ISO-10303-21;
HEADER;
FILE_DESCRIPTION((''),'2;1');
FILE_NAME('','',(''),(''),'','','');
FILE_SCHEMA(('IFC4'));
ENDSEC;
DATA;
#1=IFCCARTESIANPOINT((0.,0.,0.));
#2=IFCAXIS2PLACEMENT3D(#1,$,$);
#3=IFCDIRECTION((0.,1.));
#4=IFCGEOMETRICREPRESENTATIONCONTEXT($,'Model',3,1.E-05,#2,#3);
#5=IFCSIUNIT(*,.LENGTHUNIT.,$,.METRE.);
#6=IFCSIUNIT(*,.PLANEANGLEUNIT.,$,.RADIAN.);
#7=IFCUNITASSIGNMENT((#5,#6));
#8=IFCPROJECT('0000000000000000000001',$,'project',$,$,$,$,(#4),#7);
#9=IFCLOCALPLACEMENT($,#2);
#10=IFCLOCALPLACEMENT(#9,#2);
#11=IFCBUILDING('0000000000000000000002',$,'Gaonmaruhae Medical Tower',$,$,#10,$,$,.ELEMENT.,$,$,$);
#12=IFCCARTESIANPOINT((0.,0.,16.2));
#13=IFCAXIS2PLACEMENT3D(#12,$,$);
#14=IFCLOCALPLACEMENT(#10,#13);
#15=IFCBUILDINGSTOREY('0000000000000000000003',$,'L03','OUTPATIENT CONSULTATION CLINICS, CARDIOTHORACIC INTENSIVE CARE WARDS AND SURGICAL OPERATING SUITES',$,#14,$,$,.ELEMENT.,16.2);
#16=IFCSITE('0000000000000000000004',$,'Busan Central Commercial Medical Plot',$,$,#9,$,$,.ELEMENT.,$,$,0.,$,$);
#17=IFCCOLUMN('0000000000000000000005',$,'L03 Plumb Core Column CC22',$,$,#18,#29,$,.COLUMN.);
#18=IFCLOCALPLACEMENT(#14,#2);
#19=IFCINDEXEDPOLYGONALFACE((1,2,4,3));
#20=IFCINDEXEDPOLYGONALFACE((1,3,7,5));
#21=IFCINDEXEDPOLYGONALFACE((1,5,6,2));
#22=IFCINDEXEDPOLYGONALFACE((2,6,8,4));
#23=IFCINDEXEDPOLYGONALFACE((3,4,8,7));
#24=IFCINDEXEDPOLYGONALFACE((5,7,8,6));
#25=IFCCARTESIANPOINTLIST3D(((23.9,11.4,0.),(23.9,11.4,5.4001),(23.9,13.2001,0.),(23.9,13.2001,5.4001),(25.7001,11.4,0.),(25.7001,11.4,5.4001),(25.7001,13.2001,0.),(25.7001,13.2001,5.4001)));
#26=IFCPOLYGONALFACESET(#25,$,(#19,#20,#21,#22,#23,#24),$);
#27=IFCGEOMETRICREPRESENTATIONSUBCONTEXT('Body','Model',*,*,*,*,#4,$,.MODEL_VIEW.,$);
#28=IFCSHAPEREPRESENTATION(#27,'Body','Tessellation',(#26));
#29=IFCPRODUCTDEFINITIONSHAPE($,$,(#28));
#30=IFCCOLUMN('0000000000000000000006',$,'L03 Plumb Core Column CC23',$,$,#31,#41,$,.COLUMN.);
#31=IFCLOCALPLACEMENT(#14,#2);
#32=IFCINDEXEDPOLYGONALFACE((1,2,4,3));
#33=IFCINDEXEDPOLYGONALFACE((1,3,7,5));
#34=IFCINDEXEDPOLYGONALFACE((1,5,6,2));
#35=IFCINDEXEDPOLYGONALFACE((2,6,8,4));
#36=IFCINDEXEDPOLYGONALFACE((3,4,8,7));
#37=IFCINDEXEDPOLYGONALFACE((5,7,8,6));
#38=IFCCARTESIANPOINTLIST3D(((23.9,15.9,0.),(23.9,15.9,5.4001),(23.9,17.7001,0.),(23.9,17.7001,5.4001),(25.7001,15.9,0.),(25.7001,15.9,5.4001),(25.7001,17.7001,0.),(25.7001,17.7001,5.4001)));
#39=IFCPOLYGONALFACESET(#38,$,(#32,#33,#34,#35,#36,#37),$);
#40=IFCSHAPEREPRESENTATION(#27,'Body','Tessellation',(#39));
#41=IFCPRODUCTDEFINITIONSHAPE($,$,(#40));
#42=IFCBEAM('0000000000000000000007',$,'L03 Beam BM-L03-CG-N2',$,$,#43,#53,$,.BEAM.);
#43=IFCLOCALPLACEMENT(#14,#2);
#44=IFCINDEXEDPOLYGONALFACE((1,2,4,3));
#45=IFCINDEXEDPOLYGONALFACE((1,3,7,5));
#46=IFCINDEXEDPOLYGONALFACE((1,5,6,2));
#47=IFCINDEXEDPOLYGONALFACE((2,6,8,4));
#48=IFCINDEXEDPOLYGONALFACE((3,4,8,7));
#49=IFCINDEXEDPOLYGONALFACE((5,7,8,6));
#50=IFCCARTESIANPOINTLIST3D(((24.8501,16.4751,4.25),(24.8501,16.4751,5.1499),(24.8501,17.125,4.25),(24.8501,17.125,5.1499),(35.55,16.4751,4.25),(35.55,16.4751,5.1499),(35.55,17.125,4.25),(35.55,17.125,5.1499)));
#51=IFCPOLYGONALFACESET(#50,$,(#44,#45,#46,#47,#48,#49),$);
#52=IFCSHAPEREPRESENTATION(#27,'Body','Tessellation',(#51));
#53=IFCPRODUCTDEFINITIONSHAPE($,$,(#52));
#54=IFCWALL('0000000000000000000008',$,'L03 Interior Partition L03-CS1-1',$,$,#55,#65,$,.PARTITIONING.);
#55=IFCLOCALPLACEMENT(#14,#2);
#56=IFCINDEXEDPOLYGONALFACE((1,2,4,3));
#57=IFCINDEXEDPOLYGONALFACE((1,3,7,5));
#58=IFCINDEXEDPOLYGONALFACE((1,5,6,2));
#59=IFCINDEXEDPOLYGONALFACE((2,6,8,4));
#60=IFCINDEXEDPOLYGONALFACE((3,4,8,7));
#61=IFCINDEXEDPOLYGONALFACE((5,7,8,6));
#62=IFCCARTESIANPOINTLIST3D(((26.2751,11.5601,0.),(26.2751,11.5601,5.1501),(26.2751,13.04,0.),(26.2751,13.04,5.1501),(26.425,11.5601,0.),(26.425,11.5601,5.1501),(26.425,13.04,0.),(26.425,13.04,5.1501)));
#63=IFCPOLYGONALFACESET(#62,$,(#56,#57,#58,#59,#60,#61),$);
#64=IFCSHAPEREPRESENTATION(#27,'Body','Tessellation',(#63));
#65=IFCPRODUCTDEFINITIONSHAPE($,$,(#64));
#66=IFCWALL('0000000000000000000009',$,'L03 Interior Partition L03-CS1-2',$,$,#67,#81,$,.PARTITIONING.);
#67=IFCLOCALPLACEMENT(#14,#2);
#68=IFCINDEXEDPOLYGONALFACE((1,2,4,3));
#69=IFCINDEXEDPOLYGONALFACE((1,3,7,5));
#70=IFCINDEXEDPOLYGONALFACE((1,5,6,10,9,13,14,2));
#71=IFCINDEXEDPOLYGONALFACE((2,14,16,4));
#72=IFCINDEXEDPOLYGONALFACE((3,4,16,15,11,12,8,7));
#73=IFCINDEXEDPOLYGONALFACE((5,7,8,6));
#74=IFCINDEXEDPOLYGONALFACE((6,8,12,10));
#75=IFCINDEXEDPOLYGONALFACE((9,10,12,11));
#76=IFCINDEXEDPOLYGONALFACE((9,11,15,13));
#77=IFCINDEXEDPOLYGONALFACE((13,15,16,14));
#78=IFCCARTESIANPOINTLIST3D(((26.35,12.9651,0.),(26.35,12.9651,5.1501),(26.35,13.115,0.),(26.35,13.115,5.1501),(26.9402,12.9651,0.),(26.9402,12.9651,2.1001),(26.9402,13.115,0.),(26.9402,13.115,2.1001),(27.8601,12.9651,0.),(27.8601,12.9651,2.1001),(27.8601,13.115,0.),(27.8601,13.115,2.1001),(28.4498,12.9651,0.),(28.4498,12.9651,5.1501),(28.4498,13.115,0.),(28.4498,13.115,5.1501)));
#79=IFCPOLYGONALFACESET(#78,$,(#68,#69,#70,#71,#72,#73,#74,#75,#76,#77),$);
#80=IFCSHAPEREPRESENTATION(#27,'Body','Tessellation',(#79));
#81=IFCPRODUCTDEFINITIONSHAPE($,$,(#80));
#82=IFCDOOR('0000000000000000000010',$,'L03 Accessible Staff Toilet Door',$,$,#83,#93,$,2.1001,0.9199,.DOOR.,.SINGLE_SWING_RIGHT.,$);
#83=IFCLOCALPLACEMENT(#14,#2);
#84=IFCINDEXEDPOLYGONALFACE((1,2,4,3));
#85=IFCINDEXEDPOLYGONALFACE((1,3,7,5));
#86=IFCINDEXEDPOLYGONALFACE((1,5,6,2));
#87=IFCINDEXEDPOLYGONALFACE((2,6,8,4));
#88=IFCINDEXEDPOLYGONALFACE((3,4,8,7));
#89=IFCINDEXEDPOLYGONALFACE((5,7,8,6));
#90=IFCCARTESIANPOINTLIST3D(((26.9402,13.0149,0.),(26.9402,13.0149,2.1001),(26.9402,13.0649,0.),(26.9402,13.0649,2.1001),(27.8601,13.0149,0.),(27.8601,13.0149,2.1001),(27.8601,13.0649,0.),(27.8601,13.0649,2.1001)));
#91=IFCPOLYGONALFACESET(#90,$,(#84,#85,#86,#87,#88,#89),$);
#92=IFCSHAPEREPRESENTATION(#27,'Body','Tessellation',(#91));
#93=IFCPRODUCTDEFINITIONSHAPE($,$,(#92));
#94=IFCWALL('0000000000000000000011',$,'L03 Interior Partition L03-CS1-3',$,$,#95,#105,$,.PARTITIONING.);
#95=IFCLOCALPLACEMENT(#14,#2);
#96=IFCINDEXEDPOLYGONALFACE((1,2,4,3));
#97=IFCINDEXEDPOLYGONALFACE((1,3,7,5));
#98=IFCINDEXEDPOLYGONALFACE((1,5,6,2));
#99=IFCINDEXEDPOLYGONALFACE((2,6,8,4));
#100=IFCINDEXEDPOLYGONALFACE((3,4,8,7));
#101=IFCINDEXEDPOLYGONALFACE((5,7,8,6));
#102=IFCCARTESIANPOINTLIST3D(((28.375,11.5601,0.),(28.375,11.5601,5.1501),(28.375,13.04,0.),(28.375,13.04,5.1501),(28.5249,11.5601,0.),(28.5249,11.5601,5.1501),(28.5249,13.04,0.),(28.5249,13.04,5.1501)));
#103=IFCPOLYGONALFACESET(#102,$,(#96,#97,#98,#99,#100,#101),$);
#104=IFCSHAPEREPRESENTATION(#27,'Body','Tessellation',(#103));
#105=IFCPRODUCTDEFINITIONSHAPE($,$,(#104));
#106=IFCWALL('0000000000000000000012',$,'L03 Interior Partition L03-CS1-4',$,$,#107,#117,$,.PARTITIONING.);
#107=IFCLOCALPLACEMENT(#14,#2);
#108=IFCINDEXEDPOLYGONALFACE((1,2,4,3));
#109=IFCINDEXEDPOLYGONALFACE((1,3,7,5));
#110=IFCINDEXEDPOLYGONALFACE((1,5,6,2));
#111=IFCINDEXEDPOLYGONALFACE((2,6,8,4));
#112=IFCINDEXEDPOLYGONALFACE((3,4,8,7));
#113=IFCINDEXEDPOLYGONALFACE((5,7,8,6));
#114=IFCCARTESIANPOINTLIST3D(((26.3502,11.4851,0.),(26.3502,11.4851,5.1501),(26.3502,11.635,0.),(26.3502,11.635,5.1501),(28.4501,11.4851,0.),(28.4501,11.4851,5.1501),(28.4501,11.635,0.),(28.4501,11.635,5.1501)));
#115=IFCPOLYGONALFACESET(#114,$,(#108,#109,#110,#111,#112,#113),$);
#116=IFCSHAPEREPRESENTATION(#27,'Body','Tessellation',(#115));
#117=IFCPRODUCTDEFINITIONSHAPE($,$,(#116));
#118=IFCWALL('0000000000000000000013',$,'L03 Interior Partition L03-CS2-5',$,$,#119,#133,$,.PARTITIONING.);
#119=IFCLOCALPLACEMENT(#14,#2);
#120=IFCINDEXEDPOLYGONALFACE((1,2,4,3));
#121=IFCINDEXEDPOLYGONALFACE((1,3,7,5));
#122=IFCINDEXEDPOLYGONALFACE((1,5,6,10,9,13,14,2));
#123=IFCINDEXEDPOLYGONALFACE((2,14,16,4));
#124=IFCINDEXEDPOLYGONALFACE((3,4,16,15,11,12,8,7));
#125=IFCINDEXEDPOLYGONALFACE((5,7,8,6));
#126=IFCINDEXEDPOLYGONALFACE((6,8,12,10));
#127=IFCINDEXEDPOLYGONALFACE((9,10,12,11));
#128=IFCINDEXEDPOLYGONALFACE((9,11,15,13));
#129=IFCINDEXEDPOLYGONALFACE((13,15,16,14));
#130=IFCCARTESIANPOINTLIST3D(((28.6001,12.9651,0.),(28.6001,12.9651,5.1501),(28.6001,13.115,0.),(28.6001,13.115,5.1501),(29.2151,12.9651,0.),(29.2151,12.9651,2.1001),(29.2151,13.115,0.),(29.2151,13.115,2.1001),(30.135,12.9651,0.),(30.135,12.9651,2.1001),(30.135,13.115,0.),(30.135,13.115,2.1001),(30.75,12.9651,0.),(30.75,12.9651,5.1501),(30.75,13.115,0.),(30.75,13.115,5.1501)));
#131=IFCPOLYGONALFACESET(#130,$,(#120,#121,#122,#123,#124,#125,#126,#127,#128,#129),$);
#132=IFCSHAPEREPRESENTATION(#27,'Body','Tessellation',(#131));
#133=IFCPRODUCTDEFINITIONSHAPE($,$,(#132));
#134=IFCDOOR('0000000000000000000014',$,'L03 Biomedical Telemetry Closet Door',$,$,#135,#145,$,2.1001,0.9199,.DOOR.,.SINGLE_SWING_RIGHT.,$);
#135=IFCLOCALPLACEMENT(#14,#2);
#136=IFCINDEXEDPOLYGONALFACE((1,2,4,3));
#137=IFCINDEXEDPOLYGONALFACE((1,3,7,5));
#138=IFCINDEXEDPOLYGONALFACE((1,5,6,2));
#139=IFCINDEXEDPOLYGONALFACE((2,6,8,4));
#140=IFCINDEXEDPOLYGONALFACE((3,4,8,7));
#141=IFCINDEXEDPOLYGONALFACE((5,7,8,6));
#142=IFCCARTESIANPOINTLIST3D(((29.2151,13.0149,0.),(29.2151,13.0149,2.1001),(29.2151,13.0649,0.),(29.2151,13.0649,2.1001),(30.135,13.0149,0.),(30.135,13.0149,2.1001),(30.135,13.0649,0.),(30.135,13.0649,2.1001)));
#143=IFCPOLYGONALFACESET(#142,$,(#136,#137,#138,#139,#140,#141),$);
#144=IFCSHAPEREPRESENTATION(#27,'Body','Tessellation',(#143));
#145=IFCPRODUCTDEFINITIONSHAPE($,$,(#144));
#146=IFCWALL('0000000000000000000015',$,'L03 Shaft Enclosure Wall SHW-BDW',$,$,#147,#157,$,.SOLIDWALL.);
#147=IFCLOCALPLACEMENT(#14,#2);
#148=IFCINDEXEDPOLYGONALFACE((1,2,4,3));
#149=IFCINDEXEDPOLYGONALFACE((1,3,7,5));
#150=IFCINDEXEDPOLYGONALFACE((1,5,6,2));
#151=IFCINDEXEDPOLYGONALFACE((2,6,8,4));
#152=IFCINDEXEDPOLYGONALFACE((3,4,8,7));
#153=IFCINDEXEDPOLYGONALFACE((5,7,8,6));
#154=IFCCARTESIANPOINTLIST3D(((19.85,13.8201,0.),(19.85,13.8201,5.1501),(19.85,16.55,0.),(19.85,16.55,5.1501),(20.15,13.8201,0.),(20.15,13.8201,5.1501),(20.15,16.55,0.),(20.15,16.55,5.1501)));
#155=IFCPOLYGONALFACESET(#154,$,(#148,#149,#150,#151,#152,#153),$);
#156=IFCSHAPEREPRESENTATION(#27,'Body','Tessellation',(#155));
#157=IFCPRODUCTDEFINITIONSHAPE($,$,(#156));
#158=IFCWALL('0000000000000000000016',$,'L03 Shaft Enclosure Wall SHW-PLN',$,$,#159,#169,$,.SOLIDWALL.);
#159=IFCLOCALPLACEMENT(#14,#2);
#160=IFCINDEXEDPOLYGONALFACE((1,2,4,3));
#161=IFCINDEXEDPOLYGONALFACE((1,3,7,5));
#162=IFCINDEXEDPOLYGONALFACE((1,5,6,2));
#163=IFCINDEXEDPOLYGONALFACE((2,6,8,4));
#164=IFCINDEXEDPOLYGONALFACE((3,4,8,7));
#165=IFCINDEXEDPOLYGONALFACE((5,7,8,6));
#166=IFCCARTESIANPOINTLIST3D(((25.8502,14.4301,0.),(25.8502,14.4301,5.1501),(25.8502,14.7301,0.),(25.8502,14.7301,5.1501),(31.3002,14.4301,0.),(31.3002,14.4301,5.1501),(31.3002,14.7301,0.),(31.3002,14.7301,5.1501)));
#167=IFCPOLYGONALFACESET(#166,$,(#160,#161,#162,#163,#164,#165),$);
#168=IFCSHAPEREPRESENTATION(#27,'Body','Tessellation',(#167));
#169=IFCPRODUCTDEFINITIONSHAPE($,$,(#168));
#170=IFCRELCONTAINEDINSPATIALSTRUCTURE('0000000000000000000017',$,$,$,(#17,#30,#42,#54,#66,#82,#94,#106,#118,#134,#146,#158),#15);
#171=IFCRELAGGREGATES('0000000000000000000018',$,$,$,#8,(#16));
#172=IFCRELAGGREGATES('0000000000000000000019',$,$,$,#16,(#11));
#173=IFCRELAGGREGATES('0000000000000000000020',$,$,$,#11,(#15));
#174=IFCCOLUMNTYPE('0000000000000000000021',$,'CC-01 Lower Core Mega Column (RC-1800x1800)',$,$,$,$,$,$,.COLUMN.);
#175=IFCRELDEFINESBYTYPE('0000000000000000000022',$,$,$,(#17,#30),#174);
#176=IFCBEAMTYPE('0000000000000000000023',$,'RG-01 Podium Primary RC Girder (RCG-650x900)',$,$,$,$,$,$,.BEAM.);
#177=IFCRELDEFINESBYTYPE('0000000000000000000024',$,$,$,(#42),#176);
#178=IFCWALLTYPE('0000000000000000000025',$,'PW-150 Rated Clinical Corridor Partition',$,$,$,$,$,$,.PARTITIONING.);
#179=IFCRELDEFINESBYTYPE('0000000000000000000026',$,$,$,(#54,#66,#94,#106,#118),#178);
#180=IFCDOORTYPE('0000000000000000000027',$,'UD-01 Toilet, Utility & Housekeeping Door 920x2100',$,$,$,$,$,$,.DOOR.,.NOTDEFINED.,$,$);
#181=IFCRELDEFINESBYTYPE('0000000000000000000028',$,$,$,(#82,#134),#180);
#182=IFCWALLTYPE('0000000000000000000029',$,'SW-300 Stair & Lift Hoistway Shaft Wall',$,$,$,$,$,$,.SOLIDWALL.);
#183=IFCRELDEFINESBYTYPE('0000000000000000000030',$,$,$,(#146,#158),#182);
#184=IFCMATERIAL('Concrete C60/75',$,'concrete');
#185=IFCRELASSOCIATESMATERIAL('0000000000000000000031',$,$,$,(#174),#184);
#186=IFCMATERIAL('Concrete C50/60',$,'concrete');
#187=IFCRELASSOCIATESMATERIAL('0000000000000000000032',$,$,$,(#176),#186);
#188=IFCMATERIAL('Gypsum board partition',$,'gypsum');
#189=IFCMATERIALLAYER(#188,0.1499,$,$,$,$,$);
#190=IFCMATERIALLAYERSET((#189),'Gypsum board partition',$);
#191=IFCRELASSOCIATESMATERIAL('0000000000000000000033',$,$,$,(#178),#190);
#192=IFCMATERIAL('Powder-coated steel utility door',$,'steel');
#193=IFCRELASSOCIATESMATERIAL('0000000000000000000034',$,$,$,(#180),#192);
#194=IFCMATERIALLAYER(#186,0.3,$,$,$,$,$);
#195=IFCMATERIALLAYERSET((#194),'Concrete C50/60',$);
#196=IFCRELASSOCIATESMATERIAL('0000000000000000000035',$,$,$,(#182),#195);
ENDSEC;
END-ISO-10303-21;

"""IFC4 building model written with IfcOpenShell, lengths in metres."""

from ifc_helpers import new_model, si_unit, direction, frame, frame_2d, origin, origin_2d, place, context, subcontext, project, spatial, rectangle, extrude, material, layer, layer_set, material_profile, profile_set, type_object, element, fill, save


model = new_model("IFC4")

# Units and contexts
model_context = context("Model", 3, precision=1e-05, world=origin(), true_north=direction((0.0, 1.0)))
body_context = subcontext(model_context, "Body", "Model", "MODEL_VIEW")
ifc_project = project(units=[si_unit("LENGTHUNIT", "METRE"), si_unit("PLANEANGLEUNIT", "RADIAN")], contexts=[model_context])

# Site, building, storey
site_placement = place(None, origin())
site = spatial("IfcSite", under=ifc_project, at=site_placement, Name="Busan Central Commercial Medical Plot", CompositionType="ELEMENT", RefElevation=0.0)
building_placement = place(site_placement, origin())
building = spatial("IfcBuilding", under=site, at=building_placement, Name="Gaonmaruhae Medical Tower", CompositionType="ELEMENT")
storey_placement = place(building_placement, frame((0.0, 0.0, 16.2)))
storey = spatial("IfcBuildingStorey", under=building, at=storey_placement, Name="L03", Description="OUTPATIENT CONSULTATION CLINICS, CARDIOTHORACIC INTENSIVE CARE WARDS AND SURGICAL OPERATING SUITES", CompositionType="ELEMENT", Elevation=16.2)

# Columns
ifc_material_1 = material(Name="Concrete C60/75", Category="concrete")
ifc_material_profile_1 = material_profile(ifc_material_1, rectangle(XDim=1.8, YDim=1.8, at=origin_2d()), Name="RC-1800x1800")
ifc_profile_set_1 = profile_set([ifc_material_profile_1], Name="Concrete C60/75")
column_type = type_object("IfcColumnType", Name="CC-01 Lower Core Mega Column (RC-1800x1800)", PredefinedType="COLUMN", material=ifc_profile_set_1)
for number, where, z_axis, x_axis, name in (
    (1, (24.8, 12.3, 0.0), (0.0, 0.0, 1.0), (1.0, 0.0, 0.0), "L03 Plumb Core Column CC22"),
    (2, (24.8, 16.8, 0.0), (0.0, 0.0, 1.0), (1.0, 0.0, 0.0), "L03 Plumb Core Column CC23"),
):
    element("IfcColumn", number, at=place(storey_placement, frame(where, z_axis=z_axis, x_axis=x_axis)), inside=storey, type_object=column_type, Name=name, PredefinedType="COLUMN", context=body_context, shape_type="SweptSolid", body=[
        extrude(rectangle(XDim=1.8, YDim=1.8, at=origin_2d()), origin(), (0.0, 0.0, 1.0), 5.4001),
    ])

# Beam
ifc_material_2 = material(Name="Concrete C50/60", Category="concrete")
ifc_material_profile_2 = material_profile(ifc_material_2, rectangle(XDim=0.6499, YDim=0.8999, at=origin_2d()), Name="RCG-650x900")
ifc_profile_set_2 = profile_set([ifc_material_profile_2], Name="Concrete C50/60")
beam_type = type_object("IfcBeamType", Name="RG-01 Podium Primary RC Girder (RCG-650x900)", PredefinedType="BEAM", material=ifc_profile_set_2)
beam_placement = place(storey_placement, frame((24.8501, 16.8, 4.7), z_axis=(1.0, 0.0, 0.0), x_axis=(0.0, 1.0, 0.0)))
element("IfcBeam", 3, at=beam_placement, inside=storey, type_object=beam_type, Name="L03 Beam BM-L03-CG-N2", PredefinedType="BEAM", context=body_context, shape_type="SweptSolid", body=[
    extrude(rectangle(XDim=0.6499, YDim=0.8999, at=origin_2d()), origin(), (0.0, 0.0, 1.0), 10.7),
])

# Wall
ifc_material_3 = material(Name="Gypsum board partition", Category="gypsum")
ifc_layer_1 = layer(ifc_material_3, 0.1499)
ifc_layer_set_1 = layer_set([ifc_layer_1], Name="Gypsum board partition")
wall_type_1 = type_object("IfcWallType", Name="PW-150 Rated Clinical Corridor Partition", PredefinedType="PARTITIONING", material=ifc_layer_set_1)
wall_1_placement = place(storey_placement, frame((26.3501, 11.5601, 0.0), z_axis=(0.0, 0.0, 1.0), x_axis=(0.0, 1.0, 0.0)))
element("IfcWall", 4, at=wall_1_placement, inside=storey, type_object=wall_type_1, Name="L03 Interior Partition L03-CS1-1", PredefinedType="PARTITIONING", context=body_context, shape_type="SweptSolid", body=[
    extrude(rectangle(XDim=1.48, YDim=0.1499, at=frame_2d((0.74, 0.0))), origin(), (0.0, 0.0, 1.0), 5.1501),
])

# Wall, opening, door
wall_2_placement = place(storey_placement, frame((26.3501, 13.04, 0.0), z_axis=(0.0, 0.0, 1.0), x_axis=(1.0, 0.0, 0.0)))
wall_2 = element("IfcWall", 5, at=wall_2_placement, inside=storey, type_object=wall_type_1, Name="L03 Interior Partition L03-CS1-2", PredefinedType="PARTITIONING", context=body_context, shape_type="SweptSolid", body=[
    extrude(rectangle(XDim=2.0999, YDim=0.1499, at=frame_2d((1.0498, 0.0))), origin(), (0.0, 0.0, 1.0), 5.1501),
])
opening_1_placement = place(wall_2_placement, frame((0.5901, 0.0, 0.0)))
opening_1 = element("IfcOpeningElement", 6, at=opening_1_placement, cuts=wall_2, PredefinedType="OPENING", context=body_context, shape_type="SweptSolid", body=[
    extrude(rectangle(XDim=0.9199, YDim=2.1001, at=frame_2d((0.46, 1.05))), frame((0.0, 0.085, 0.0), z_axis=(0.0, -1.0, 0.0), x_axis=(1.0, 0.0, 0.0)), (0.0, 0.0, 1.0), 0.1699),
])
ifc_material_4 = material(Name="Powder-coated steel utility door", Category="steel")
door_type = type_object("IfcDoorType", Name="UD-01 Toilet, Utility & Housekeeping Door 920x2100", OperationType="NOTDEFINED", PredefinedType="DOOR", material=ifc_material_4)
door_1_placement = place(opening_1_placement, origin())
door_1 = element("IfcDoor", 7, at=door_1_placement, inside=storey, type_object=door_type, Name="L03 Accessible Staff Toilet Door", OperationType="SINGLE_SWING_RIGHT", OverallHeight=2.1001, OverallWidth=0.9199, PredefinedType="DOOR", context=body_context, shape_type="SweptSolid", body=[
    extrude(rectangle(XDim=0.9199, YDim=2.1001, at=frame_2d((0.46, 1.05))), frame((0.0, 0.0249, 0.0), z_axis=(0.0, -1.0, 0.0), x_axis=(1.0, 0.0, 0.0)), (0.0, 0.0, 1.0), 0.05),
])
fill(opening_1, door_1)

# Walls
wall_3_placement = place(storey_placement, frame((28.45, 13.04, 0.0), z_axis=(0.0, 0.0, 1.0), x_axis=(0.0, -1.0, 0.0)))
element("IfcWall", 8, at=wall_3_placement, inside=storey, type_object=wall_type_1, Name="L03 Interior Partition L03-CS1-3", PredefinedType="PARTITIONING", context=body_context, shape_type="SweptSolid", body=[
    extrude(rectangle(XDim=1.48, YDim=0.1499, at=frame_2d((0.74, 0.0))), origin(), (0.0, 0.0, 1.0), 5.1501),
])
wall_4_placement = place(storey_placement, frame((28.45, 11.5601, 0.0), z_axis=(0.0, 0.0, 1.0), x_axis=(-1.0, 0.0, 0.0)))
element("IfcWall", 9, at=wall_4_placement, inside=storey, type_object=wall_type_1, Name="L03 Interior Partition L03-CS1-4", PredefinedType="PARTITIONING", context=body_context, shape_type="SweptSolid", body=[
    extrude(rectangle(XDim=2.0999, YDim=0.1499, at=frame_2d((1.0498, 0.0))), origin(), (0.0, 0.0, 1.0), 5.1501),
])

# Wall, opening, door
wall_5_placement = place(storey_placement, frame((28.6001, 13.04, 0.0), z_axis=(0.0, 0.0, 1.0), x_axis=(1.0, 0.0, 0.0)))
wall_5 = element("IfcWall", 10, at=wall_5_placement, inside=storey, type_object=wall_type_1, Name="L03 Interior Partition L03-CS2-5", PredefinedType="PARTITIONING", context=body_context, shape_type="SweptSolid", body=[
    extrude(rectangle(XDim=2.1499, YDim=0.1499, at=frame_2d((1.075, 0.0))), origin(), (0.0, 0.0, 1.0), 5.1501),
])
opening_2_placement = place(wall_5_placement, frame((0.615, 0.0, 0.0)))
opening_2 = element("IfcOpeningElement", 11, at=opening_2_placement, cuts=wall_5, PredefinedType="OPENING", context=body_context, shape_type="SweptSolid", body=[
    extrude(rectangle(XDim=0.9199, YDim=2.1001, at=frame_2d((0.46, 1.05))), frame((0.0, 0.085, 0.0), z_axis=(0.0, -1.0, 0.0), x_axis=(1.0, 0.0, 0.0)), (0.0, 0.0, 1.0), 0.1699),
])
door_2_placement = place(opening_2_placement, origin())
door_2 = element("IfcDoor", 12, at=door_2_placement, inside=storey, type_object=door_type, Name="L03 Biomedical Telemetry Closet Door", OperationType="SINGLE_SWING_RIGHT", OverallHeight=2.1001, OverallWidth=0.9199, PredefinedType="DOOR", context=body_context, shape_type="SweptSolid", body=[
    extrude(rectangle(XDim=0.9199, YDim=2.1001, at=frame_2d((0.46, 1.05))), frame((0.0, 0.0249, 0.0), z_axis=(0.0, -1.0, 0.0), x_axis=(1.0, 0.0, 0.0)), (0.0, 0.0, 1.0), 0.05),
])
fill(opening_2, door_2)

# Walls
ifc_layer_2 = layer(ifc_material_2, 0.3)
ifc_layer_set_2 = layer_set([ifc_layer_2], Name="Concrete C50/60")
wall_type_2 = type_object("IfcWallType", Name="SW-300 Stair & Lift Hoistway Shaft Wall", PredefinedType="SOLIDWALL", material=ifc_layer_set_2)
wall_6_placement = place(storey_placement, frame((20.0, 13.8201, 0.0), z_axis=(0.0, 0.0, 1.0), x_axis=(0.0, 1.0, 0.0)))
element("IfcWall", 13, at=wall_6_placement, inside=storey, type_object=wall_type_2, Name="L03 Shaft Enclosure Wall SHW-BDW", PredefinedType="SOLIDWALL", context=body_context, shape_type="SweptSolid", body=[
    extrude(rectangle(XDim=2.73, YDim=0.3, at=frame_2d((1.365, 0.0))), origin(), (0.0, 0.0, 1.0), 5.1501),
])
wall_7_placement = place(storey_placement, frame((25.8501, 14.5801, 0.0), z_axis=(0.0, 0.0, 1.0), x_axis=(1.0, 0.0, 0.0)))
element("IfcWall", 14, at=wall_7_placement, inside=storey, type_object=wall_type_2, Name="L03 Shaft Enclosure Wall SHW-PLN", PredefinedType="SOLIDWALL", context=body_context, shape_type="SweptSolid", body=[
    extrude(rectangle(XDim=5.45, YDim=0.3, at=frame_2d((2.7251, 0.0))), origin(), (0.0, 0.0, 1.0), 5.1501),
])

save(model, "model.ifc")
